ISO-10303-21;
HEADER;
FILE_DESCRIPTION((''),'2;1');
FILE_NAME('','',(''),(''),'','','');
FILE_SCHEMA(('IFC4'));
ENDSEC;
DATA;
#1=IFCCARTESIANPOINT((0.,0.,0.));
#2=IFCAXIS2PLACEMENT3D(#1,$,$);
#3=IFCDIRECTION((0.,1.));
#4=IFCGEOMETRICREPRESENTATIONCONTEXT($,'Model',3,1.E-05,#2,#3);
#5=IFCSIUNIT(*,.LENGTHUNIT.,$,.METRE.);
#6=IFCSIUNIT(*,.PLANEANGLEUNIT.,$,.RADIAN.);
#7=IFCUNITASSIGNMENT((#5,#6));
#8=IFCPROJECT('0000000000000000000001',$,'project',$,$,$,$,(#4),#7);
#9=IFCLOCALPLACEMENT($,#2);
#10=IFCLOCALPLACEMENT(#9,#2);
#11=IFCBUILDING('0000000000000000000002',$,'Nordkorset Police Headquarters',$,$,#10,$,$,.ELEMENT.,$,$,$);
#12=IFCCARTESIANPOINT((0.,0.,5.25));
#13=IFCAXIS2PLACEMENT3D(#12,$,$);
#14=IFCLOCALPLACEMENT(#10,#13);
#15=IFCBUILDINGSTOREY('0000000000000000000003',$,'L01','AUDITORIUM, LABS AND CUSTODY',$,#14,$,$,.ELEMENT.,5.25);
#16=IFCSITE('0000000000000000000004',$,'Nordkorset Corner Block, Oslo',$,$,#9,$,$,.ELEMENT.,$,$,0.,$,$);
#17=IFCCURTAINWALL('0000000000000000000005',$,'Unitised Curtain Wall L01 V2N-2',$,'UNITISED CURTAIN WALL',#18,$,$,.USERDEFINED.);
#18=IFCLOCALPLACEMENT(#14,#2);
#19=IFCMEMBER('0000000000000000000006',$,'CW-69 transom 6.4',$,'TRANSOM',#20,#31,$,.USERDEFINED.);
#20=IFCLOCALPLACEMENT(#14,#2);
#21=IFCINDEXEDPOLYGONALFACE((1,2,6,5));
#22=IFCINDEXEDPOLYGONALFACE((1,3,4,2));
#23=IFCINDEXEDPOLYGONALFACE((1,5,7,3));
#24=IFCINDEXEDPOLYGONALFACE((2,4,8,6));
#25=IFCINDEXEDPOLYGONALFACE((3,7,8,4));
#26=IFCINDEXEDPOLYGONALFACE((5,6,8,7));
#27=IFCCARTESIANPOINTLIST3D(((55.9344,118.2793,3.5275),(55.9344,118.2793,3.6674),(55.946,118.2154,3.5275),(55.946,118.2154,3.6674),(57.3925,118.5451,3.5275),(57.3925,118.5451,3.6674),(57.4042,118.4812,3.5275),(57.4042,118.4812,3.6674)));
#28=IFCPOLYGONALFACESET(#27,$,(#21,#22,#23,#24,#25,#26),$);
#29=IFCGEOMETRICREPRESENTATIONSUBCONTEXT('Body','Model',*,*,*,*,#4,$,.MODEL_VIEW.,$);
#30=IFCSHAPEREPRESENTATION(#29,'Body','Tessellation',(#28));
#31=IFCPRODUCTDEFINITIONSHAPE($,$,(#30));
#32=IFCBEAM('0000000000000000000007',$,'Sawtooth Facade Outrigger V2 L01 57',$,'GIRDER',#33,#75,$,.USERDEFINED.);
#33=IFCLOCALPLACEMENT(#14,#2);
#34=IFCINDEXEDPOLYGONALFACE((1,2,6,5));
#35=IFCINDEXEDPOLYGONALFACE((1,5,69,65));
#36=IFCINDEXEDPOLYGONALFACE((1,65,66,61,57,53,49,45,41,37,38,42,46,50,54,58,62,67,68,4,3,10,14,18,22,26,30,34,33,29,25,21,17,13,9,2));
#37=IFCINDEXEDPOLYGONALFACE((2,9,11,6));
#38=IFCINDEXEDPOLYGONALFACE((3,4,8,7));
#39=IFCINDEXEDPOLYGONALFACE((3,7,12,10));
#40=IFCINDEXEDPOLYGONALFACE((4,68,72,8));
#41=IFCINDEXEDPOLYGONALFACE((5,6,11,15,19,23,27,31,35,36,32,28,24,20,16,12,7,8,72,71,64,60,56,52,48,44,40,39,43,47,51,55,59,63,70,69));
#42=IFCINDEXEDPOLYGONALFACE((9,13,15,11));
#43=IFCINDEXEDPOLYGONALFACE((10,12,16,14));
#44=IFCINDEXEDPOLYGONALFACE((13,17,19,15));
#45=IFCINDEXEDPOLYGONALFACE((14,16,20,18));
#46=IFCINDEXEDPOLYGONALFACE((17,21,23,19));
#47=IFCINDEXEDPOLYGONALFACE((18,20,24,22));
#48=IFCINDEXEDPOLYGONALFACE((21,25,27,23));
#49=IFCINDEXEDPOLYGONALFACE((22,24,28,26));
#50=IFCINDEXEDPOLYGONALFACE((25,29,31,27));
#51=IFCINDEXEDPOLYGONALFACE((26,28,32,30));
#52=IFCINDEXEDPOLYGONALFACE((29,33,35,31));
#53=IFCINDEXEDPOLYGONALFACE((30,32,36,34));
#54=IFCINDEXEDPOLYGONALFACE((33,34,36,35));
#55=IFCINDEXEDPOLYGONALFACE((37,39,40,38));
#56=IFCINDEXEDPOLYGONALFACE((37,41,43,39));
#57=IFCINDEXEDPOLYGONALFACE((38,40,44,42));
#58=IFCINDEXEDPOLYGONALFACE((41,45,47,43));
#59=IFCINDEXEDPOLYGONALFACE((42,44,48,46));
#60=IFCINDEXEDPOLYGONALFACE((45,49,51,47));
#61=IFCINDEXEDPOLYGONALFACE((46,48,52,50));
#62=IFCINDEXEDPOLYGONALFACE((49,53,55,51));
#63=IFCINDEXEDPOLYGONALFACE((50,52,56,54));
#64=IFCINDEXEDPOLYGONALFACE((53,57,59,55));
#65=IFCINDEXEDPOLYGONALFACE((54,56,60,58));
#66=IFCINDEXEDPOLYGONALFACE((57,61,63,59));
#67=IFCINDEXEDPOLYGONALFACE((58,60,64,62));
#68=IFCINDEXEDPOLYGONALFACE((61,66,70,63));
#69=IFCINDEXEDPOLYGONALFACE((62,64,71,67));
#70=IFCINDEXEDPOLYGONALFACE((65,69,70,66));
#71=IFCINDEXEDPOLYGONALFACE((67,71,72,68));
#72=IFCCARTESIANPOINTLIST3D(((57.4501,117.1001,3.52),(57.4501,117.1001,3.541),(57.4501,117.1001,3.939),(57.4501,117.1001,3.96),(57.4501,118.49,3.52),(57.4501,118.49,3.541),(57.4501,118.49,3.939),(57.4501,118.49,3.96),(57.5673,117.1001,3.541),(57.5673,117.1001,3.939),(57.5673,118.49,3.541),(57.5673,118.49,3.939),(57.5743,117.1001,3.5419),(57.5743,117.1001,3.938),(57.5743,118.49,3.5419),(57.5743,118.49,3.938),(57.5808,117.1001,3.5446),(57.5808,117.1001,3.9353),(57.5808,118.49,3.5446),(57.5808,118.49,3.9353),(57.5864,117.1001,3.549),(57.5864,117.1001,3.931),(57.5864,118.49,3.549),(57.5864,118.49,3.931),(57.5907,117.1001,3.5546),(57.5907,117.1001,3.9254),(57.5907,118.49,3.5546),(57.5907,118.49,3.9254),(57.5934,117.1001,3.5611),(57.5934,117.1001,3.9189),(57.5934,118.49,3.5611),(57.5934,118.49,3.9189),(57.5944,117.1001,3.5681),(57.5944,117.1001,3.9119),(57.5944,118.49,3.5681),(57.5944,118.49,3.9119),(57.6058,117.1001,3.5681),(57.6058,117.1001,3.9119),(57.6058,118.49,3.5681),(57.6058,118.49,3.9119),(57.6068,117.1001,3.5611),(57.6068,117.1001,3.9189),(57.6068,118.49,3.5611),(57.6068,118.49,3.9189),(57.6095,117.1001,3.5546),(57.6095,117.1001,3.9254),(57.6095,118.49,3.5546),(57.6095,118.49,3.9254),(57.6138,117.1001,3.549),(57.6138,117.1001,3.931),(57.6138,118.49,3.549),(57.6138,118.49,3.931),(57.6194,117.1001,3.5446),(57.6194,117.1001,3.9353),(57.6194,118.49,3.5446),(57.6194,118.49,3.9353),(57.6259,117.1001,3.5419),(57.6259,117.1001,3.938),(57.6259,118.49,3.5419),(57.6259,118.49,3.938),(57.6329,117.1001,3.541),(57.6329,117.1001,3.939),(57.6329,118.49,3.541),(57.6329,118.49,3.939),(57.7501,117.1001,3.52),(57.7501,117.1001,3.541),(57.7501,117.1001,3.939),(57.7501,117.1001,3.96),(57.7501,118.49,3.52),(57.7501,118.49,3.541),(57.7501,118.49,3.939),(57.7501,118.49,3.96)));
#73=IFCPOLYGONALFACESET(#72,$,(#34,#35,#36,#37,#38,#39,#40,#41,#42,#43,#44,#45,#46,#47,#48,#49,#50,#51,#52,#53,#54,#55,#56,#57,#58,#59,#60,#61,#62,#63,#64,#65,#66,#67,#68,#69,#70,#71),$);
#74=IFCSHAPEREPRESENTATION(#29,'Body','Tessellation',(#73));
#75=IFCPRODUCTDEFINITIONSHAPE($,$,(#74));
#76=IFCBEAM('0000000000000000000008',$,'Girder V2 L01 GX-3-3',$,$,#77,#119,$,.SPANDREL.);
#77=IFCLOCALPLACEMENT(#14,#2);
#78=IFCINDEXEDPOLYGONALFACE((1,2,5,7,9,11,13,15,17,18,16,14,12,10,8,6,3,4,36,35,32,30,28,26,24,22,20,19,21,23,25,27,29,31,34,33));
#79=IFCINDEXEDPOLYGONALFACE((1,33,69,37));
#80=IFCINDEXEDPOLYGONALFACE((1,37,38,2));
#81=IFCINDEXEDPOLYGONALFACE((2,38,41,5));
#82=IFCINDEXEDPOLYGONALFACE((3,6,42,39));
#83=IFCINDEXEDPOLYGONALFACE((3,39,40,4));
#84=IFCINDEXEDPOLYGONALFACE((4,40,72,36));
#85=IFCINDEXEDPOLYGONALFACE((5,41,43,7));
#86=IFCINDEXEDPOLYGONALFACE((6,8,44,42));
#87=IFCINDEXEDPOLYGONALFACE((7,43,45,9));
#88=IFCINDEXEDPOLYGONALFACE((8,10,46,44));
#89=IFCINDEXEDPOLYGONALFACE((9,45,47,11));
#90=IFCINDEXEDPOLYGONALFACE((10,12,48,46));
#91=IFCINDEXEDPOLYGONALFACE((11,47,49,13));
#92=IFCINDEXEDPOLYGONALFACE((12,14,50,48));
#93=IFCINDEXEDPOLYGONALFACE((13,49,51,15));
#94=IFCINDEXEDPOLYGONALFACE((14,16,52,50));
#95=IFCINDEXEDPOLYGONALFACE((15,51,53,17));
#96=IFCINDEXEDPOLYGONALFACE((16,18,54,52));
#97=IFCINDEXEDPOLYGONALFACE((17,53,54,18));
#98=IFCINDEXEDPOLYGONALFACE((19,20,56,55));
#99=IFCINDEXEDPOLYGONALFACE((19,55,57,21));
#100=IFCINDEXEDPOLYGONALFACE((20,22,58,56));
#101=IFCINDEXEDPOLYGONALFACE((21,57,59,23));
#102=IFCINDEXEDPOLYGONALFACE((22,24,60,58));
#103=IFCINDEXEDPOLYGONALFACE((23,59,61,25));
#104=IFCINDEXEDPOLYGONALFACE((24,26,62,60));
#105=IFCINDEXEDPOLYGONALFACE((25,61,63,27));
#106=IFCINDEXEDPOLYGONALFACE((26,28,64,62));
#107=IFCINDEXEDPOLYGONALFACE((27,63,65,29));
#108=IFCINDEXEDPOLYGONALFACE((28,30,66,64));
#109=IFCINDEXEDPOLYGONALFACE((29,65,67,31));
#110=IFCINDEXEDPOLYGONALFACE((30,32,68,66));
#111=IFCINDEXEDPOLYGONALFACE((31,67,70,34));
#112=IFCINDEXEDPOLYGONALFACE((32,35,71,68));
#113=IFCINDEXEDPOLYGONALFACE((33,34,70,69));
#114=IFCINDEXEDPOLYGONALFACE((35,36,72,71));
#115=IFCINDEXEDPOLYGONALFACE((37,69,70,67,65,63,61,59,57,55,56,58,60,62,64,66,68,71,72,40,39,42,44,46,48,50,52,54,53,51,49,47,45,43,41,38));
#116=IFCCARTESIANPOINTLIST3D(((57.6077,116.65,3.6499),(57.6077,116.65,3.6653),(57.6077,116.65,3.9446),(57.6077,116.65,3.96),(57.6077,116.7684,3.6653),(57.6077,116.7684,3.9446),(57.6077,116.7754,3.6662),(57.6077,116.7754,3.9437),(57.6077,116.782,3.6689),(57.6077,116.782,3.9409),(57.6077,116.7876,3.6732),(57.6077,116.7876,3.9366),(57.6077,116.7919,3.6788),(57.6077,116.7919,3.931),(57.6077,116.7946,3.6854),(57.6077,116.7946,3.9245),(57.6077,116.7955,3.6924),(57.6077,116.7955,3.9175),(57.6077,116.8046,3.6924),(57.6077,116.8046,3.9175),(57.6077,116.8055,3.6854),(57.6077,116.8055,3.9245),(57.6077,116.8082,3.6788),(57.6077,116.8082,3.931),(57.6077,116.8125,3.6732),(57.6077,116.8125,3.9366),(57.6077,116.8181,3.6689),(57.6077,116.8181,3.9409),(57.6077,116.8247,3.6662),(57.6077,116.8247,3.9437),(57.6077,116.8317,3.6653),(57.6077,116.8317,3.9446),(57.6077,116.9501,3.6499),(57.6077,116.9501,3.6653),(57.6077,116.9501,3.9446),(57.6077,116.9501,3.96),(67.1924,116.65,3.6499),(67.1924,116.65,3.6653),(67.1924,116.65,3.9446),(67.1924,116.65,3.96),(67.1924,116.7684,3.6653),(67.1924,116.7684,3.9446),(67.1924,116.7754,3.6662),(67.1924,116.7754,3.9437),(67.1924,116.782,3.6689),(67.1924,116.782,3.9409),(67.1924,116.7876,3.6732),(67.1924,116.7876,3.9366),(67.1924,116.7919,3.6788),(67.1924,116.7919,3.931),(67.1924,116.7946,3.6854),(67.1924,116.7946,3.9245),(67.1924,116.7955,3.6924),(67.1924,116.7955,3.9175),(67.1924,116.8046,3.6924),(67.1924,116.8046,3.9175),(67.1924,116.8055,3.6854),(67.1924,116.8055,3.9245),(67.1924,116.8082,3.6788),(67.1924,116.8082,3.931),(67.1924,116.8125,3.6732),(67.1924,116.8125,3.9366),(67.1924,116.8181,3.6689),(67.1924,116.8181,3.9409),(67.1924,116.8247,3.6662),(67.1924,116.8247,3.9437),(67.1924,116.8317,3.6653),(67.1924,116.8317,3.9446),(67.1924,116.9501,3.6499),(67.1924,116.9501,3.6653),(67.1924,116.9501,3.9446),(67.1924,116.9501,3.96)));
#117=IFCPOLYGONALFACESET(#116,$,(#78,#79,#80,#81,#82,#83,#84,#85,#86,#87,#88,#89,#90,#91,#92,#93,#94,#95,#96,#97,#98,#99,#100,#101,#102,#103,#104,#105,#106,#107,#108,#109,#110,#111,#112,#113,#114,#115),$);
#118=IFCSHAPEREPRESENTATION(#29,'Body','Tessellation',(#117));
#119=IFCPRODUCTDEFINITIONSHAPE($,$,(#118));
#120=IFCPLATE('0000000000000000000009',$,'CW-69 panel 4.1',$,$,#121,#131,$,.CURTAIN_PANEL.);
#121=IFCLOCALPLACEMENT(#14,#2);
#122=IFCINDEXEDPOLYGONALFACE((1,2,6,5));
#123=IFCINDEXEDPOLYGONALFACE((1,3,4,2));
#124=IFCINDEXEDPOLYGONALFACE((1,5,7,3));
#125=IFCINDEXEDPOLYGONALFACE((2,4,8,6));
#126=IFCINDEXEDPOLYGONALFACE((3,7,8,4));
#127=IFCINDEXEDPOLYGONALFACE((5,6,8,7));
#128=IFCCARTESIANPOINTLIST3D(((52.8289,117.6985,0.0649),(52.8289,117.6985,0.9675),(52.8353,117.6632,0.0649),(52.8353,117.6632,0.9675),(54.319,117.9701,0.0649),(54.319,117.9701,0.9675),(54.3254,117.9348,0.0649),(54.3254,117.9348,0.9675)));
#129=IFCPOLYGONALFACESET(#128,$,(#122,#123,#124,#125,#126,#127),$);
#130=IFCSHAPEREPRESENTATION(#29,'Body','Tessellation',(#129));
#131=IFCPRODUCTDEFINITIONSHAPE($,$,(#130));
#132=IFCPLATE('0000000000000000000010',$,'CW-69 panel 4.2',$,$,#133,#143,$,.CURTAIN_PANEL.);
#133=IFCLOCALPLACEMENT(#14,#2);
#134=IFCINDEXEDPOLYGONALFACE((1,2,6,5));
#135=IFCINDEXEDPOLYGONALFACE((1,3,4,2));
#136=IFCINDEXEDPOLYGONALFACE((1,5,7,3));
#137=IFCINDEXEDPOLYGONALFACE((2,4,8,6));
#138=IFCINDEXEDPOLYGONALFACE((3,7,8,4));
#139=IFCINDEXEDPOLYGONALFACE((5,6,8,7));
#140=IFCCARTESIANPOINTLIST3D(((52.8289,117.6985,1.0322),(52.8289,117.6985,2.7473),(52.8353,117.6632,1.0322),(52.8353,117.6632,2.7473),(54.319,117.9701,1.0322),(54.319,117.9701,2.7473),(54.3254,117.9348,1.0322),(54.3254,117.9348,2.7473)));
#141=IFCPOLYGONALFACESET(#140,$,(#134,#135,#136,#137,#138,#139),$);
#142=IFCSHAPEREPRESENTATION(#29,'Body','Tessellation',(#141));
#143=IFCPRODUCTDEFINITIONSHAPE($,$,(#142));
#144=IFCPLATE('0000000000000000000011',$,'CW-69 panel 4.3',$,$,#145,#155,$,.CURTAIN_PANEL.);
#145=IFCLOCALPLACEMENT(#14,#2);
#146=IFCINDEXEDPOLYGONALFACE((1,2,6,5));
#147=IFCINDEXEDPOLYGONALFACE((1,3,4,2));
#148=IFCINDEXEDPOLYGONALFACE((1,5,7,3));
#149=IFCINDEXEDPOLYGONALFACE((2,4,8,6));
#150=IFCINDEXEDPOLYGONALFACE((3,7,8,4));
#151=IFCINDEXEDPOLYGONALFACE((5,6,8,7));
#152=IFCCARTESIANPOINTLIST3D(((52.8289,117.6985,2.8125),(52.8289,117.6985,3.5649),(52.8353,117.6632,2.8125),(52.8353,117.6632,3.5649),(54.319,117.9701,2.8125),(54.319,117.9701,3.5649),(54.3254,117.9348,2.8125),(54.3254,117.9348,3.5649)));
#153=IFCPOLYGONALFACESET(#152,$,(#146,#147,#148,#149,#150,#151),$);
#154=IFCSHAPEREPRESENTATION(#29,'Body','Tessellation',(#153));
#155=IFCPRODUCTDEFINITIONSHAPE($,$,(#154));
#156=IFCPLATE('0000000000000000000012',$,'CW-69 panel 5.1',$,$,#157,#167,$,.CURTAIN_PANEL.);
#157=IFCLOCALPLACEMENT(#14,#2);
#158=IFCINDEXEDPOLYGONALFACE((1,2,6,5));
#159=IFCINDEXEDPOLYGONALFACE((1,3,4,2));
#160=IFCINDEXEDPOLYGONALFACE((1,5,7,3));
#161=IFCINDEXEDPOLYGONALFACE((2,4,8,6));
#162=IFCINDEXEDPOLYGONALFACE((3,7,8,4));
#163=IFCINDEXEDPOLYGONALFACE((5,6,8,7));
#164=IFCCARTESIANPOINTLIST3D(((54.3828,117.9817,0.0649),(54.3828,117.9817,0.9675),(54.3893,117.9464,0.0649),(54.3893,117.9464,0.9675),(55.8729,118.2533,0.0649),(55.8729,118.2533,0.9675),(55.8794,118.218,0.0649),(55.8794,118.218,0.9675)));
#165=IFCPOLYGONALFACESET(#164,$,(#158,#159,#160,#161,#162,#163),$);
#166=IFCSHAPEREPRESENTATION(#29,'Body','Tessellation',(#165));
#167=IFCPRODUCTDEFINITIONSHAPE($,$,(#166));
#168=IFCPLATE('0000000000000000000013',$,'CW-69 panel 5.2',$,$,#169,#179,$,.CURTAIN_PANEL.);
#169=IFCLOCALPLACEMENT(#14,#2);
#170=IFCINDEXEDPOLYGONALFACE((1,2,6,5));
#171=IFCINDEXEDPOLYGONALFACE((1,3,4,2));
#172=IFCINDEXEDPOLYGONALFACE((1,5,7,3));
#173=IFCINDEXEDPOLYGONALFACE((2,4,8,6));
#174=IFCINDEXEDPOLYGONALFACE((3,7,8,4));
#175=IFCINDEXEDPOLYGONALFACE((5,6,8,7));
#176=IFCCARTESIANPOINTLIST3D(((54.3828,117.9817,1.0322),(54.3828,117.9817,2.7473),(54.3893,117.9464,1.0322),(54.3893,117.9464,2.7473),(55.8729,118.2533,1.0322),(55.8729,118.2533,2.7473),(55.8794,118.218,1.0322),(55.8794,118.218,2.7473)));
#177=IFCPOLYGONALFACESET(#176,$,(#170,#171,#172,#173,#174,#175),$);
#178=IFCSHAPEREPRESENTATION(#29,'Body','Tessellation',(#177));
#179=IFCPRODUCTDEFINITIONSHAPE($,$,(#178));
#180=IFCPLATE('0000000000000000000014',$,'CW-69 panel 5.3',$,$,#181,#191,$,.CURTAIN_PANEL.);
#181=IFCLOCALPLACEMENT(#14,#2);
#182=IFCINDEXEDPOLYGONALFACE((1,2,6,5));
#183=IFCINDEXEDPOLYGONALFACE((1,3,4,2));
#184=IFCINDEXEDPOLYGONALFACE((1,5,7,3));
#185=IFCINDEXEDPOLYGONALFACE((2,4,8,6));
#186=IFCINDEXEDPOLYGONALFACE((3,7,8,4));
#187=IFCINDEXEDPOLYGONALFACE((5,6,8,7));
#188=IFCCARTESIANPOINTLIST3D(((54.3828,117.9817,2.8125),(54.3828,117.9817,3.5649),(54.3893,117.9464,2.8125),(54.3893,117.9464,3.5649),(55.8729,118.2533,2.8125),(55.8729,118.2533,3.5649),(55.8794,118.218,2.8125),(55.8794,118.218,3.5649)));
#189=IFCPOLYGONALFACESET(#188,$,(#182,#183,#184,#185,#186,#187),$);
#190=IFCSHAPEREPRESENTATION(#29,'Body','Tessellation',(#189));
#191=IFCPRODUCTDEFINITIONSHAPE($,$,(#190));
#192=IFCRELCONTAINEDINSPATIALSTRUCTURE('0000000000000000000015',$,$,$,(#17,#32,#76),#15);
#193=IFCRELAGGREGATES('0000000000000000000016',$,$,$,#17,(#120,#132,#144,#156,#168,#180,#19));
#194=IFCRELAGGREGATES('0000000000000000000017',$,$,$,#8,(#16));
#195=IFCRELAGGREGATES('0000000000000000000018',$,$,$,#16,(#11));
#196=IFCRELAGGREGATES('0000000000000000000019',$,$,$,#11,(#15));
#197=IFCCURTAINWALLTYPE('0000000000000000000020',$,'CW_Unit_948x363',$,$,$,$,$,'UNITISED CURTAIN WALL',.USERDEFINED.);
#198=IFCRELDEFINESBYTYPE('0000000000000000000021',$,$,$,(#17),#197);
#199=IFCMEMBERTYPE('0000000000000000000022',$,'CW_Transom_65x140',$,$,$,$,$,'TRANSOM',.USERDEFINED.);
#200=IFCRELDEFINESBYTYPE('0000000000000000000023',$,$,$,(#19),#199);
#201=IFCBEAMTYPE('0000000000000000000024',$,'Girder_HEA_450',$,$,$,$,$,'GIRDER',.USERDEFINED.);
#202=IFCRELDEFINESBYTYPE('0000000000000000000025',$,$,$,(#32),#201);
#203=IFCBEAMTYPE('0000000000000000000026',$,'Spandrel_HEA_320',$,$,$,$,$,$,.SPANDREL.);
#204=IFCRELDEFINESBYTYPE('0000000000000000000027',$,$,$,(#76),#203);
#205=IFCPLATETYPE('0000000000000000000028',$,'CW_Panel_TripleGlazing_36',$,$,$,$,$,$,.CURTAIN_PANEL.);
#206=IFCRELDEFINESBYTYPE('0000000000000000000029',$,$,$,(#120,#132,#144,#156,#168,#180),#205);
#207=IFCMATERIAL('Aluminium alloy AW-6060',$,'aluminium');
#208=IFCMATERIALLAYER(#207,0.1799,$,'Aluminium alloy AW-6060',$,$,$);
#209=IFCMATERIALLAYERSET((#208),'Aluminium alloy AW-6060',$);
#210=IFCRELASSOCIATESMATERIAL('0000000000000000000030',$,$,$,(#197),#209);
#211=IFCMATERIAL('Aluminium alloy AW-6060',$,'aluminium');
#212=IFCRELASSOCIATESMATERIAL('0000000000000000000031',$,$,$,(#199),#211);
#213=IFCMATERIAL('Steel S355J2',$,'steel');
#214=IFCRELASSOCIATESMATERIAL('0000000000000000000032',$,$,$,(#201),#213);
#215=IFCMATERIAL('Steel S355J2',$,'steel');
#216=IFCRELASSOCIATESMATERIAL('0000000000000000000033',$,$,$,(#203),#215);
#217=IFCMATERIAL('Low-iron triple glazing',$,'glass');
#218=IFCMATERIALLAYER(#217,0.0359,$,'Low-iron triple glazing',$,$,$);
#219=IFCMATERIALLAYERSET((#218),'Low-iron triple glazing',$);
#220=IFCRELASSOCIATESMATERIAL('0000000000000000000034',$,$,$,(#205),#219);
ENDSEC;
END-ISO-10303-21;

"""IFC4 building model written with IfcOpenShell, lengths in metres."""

from ifc_helpers import new_model, si_unit, direction, frame, origin, origin_2d, place, context, subcontext, project, spatial, rectangle, i_section, extrude, material, layer, layer_set, material_profile, profile_set, type_object, element, aggregate, save


model = new_model("IFC4")

# Units and contexts
model_context = context("Model", 3, precision=1e-05, world=origin(), true_north=direction((0.0, 1.0)))
body_context = subcontext(model_context, "Body", "Model", "MODEL_VIEW")
ifc_project = project(units=[si_unit("LENGTHUNIT", "METRE"), si_unit("PLANEANGLEUNIT", "RADIAN")], contexts=[model_context])

# Site, building, storey
site_placement = place(None, origin())
site = spatial("IfcSite", under=ifc_project, at=site_placement, Name="Nordkorset Corner Block, Oslo", CompositionType="ELEMENT", RefElevation=0.0)
building_placement = place(site_placement, origin())
building = spatial("IfcBuilding", under=site, at=building_placement, Name="Nordkorset Police Headquarters", CompositionType="ELEMENT")
storey_placement = place(building_placement, frame((0.0, 0.0, 5.25)))
storey = spatial("IfcBuildingStorey", under=building, at=storey_placement, Name="L01", Description="AUDITORIUM, LABS AND CUSTODY", CompositionType="ELEMENT", Elevation=5.25)

# Curtain wall, member
ifc_material_1 = material(Name="Aluminium alloy AW-6060", Category="aluminium")
ifc_layer_1 = layer(ifc_material_1, 0.1799, Name="Aluminium alloy AW-6060")
ifc_layer_set_1 = layer_set([ifc_layer_1], Name="Aluminium alloy AW-6060")
curtain_wall_type = type_object("IfcCurtainWallType", Name="CW_Unit_948x363", ElementType="UNITISED CURTAIN WALL", PredefinedType="USERDEFINED", material=ifc_layer_set_1)
curtain_wall_placement = place(storey_placement, origin())
curtain_wall = element("IfcCurtainWall", 1, at=curtain_wall_placement, inside=storey, type_object=curtain_wall_type, Name="Unitised Curtain Wall L01 V2N-2", ObjectType="UNITISED CURTAIN WALL", PredefinedType="USERDEFINED")
ifc_material_2 = material(Name="Aluminium alloy AW-6060", Category="aluminium")
ifc_material_profile_1 = material_profile(ifc_material_2, rectangle(XDim=0.0649, YDim=0.1399, at=origin_2d()), Name="ALU TRAN 65x140")
ifc_profile_set_1 = profile_set([ifc_material_profile_1], Name="Aluminium alloy AW-6060")
member_type_1 = type_object("IfcMemberType", Name="CW_Transom_65x140", ElementType="TRANSOM", PredefinedType="USERDEFINED", material=ifc_profile_set_1)
member_1_placement = place(storey_placement, frame((55.9402, 118.2473, 3.5974), z_axis=(0.983783, 0.179364, 0.0), x_axis=(-0.179364, 0.983783, 0.0)))
member_1 = element("IfcMember", 2, at=member_1_placement, type_object=member_type_1, Name="CW-69 transom 6.4", ObjectType="TRANSOM", PredefinedType="USERDEFINED", context=body_context, shape_type="SweptSolid", body=[
    extrude(rectangle(XDim=0.0649, YDim=0.1399, at=origin_2d()), origin(), (0.0, 0.0, 1.0), 1.4822),
])

# Beams
ifc_material_3 = material(Name="Steel S355J2", Category="steel")
ifc_material_profile_2 = material_profile(ifc_material_3, i_section(OverallWidth=0.3, OverallDepth=0.4399, WebThickness=0.0115, FlangeThickness=0.021, FilletRadius=0.0271, at=origin_2d()), Name="HEA 450")
ifc_profile_set_2 = profile_set([ifc_material_profile_2], Name="Steel S355J2")
beam_type_1 = type_object("IfcBeamType", Name="Girder_HEA_450", ElementType="GIRDER", PredefinedType="USERDEFINED", material=ifc_profile_set_2)
beam_1_placement = place(storey_placement, frame((57.6001, 117.1001, 3.74), z_axis=(0.0, 1.0, 0.0), x_axis=(-1.0, 0.0, 0.0)))
element("IfcBeam", 3, at=beam_1_placement, inside=storey, type_object=beam_type_1, Name="Sawtooth Facade Outrigger V2 L01 57", ObjectType="GIRDER", PredefinedType="USERDEFINED", context=body_context, shape_type="SweptSolid", body=[
    extrude(i_section(OverallWidth=0.3, OverallDepth=0.4399, WebThickness=0.0115, FlangeThickness=0.021, FilletRadius=0.0271, at=origin_2d()), origin(), (0.0, 0.0, 1.0), 1.3899),
])
ifc_material_4 = material(Name="Steel S355J2", Category="steel")
ifc_material_profile_3 = material_profile(ifc_material_4, i_section(OverallWidth=0.3, OverallDepth=0.3101, WebThickness=0.009, FlangeThickness=0.0154, FilletRadius=0.0271, at=origin_2d()), Name="HEA 320")
ifc_profile_set_3 = profile_set([ifc_material_profile_3], Name="Steel S355J2")
beam_type_2 = type_object("IfcBeamType", Name="Spandrel_HEA_320", PredefinedType="SPANDREL", material=ifc_profile_set_3)
beam_2_placement = place(storey_placement, frame((57.6077, 116.8, 3.8049), z_axis=(1.0, 0.0, 0.0), x_axis=(0.0, 1.0, 0.0)))
element("IfcBeam", 4, at=beam_2_placement, inside=storey, type_object=beam_type_2, Name="Girder V2 L01 GX-3-3", PredefinedType="SPANDREL", context=body_context, shape_type="SweptSolid", body=[
    extrude(i_section(OverallWidth=0.3, OverallDepth=0.3101, WebThickness=0.009, FlangeThickness=0.0154, FilletRadius=0.0271, at=origin_2d()), origin(), (0.0, 0.0, 1.0), 9.5847),
])

# Plates
ifc_material_5 = material(Name="Low-iron triple glazing", Category="glass")
ifc_layer_2 = layer(ifc_material_5, 0.0359, Name="Low-iron triple glazing")
ifc_layer_set_2 = layer_set([ifc_layer_2], Name="Low-iron triple glazing")
plate_type = type_object("IfcPlateType", Name="CW_Panel_TripleGlazing_36", PredefinedType="CURTAIN_PANEL", material=ifc_layer_set_2)
plate_1_placement = place(storey_placement, frame((53.5771, 117.8167, 0.0649), z_axis=(0.0, 0.0, 1.0), x_axis=(0.983788, 0.179336, 0.0)))
plate_1 = element("IfcPlate", 5, at=plate_1_placement, type_object=plate_type, Name="CW-69 panel 4.1", PredefinedType="CURTAIN_PANEL", context=body_context, shape_type="SweptSolid", body=[
    extrude(rectangle(XDim=1.5146, YDim=0.0359, at=origin_2d()), origin(), (0.0, 0.0, 1.0), 0.9026),
])
plate_2_placement = place(storey_placement, frame((53.5771, 117.8167, 1.0322), z_axis=(0.0, 0.0, 1.0), x_axis=(0.983788, 0.179336, 0.0)))
plate_2 = element("IfcPlate", 6, at=plate_2_placement, type_object=plate_type, Name="CW-69 panel 4.2", PredefinedType="CURTAIN_PANEL", context=body_context, shape_type="SweptSolid", body=[
    extrude(rectangle(XDim=1.5146, YDim=0.0359, at=origin_2d()), origin(), (0.0, 0.0, 1.0), 1.7151),
])
plate_3_placement = place(storey_placement, frame((53.5771, 117.8167, 2.8125), z_axis=(0.0, 0.0, 1.0), x_axis=(0.983788, 0.179336, 0.0)))
plate_3 = element("IfcPlate", 7, at=plate_3_placement, type_object=plate_type, Name="CW-69 panel 4.3", PredefinedType="CURTAIN_PANEL", context=body_context, shape_type="SweptSolid", body=[
    extrude(rectangle(XDim=1.5146, YDim=0.0359, at=origin_2d()), origin(), (0.0, 0.0, 1.0), 0.7524),
])
plate_4_placement = place(storey_placement, frame((55.1311, 118.0999, 0.0649), z_axis=(0.0, 0.0, 1.0), x_axis=(0.983788, 0.179336, 0.0)))
plate_4 = element("IfcPlate", 8, at=plate_4_placement, type_object=plate_type, Name="CW-69 panel 5.1", PredefinedType="CURTAIN_PANEL", context=body_context, shape_type="SweptSolid", body=[
    extrude(rectangle(XDim=1.5146, YDim=0.0359, at=origin_2d()), origin(), (0.0, 0.0, 1.0), 0.9026),
])
plate_5_placement = place(storey_placement, frame((55.1311, 118.0999, 1.0322), z_axis=(0.0, 0.0, 1.0), x_axis=(0.983788, 0.179336, 0.0)))
plate_5 = element("IfcPlate", 9, at=plate_5_placement, type_object=plate_type, Name="CW-69 panel 5.2", PredefinedType="CURTAIN_PANEL", context=body_context, shape_type="SweptSolid", body=[
    extrude(rectangle(XDim=1.5146, YDim=0.0359, at=origin_2d()), origin(), (0.0, 0.0, 1.0), 1.7151),
])
plate_6_placement = place(storey_placement, frame((55.1311, 118.0999, 2.8125), z_axis=(0.0, 0.0, 1.0), x_axis=(0.983788, 0.179336, 0.0)))
plate_6 = element("IfcPlate", 10, at=plate_6_placement, type_object=plate_type, Name="CW-69 panel 5.3", PredefinedType="CURTAIN_PANEL", context=body_context, shape_type="SweptSolid", body=[
    extrude(rectangle(XDim=1.5146, YDim=0.0359, at=origin_2d()), origin(), (0.0, 0.0, 1.0), 0.7524),
])
aggregate(curtain_wall, [plate_1, plate_2, plate_3, plate_4, plate_5, plate_6, member_1])

save(model, "model.ifc")
